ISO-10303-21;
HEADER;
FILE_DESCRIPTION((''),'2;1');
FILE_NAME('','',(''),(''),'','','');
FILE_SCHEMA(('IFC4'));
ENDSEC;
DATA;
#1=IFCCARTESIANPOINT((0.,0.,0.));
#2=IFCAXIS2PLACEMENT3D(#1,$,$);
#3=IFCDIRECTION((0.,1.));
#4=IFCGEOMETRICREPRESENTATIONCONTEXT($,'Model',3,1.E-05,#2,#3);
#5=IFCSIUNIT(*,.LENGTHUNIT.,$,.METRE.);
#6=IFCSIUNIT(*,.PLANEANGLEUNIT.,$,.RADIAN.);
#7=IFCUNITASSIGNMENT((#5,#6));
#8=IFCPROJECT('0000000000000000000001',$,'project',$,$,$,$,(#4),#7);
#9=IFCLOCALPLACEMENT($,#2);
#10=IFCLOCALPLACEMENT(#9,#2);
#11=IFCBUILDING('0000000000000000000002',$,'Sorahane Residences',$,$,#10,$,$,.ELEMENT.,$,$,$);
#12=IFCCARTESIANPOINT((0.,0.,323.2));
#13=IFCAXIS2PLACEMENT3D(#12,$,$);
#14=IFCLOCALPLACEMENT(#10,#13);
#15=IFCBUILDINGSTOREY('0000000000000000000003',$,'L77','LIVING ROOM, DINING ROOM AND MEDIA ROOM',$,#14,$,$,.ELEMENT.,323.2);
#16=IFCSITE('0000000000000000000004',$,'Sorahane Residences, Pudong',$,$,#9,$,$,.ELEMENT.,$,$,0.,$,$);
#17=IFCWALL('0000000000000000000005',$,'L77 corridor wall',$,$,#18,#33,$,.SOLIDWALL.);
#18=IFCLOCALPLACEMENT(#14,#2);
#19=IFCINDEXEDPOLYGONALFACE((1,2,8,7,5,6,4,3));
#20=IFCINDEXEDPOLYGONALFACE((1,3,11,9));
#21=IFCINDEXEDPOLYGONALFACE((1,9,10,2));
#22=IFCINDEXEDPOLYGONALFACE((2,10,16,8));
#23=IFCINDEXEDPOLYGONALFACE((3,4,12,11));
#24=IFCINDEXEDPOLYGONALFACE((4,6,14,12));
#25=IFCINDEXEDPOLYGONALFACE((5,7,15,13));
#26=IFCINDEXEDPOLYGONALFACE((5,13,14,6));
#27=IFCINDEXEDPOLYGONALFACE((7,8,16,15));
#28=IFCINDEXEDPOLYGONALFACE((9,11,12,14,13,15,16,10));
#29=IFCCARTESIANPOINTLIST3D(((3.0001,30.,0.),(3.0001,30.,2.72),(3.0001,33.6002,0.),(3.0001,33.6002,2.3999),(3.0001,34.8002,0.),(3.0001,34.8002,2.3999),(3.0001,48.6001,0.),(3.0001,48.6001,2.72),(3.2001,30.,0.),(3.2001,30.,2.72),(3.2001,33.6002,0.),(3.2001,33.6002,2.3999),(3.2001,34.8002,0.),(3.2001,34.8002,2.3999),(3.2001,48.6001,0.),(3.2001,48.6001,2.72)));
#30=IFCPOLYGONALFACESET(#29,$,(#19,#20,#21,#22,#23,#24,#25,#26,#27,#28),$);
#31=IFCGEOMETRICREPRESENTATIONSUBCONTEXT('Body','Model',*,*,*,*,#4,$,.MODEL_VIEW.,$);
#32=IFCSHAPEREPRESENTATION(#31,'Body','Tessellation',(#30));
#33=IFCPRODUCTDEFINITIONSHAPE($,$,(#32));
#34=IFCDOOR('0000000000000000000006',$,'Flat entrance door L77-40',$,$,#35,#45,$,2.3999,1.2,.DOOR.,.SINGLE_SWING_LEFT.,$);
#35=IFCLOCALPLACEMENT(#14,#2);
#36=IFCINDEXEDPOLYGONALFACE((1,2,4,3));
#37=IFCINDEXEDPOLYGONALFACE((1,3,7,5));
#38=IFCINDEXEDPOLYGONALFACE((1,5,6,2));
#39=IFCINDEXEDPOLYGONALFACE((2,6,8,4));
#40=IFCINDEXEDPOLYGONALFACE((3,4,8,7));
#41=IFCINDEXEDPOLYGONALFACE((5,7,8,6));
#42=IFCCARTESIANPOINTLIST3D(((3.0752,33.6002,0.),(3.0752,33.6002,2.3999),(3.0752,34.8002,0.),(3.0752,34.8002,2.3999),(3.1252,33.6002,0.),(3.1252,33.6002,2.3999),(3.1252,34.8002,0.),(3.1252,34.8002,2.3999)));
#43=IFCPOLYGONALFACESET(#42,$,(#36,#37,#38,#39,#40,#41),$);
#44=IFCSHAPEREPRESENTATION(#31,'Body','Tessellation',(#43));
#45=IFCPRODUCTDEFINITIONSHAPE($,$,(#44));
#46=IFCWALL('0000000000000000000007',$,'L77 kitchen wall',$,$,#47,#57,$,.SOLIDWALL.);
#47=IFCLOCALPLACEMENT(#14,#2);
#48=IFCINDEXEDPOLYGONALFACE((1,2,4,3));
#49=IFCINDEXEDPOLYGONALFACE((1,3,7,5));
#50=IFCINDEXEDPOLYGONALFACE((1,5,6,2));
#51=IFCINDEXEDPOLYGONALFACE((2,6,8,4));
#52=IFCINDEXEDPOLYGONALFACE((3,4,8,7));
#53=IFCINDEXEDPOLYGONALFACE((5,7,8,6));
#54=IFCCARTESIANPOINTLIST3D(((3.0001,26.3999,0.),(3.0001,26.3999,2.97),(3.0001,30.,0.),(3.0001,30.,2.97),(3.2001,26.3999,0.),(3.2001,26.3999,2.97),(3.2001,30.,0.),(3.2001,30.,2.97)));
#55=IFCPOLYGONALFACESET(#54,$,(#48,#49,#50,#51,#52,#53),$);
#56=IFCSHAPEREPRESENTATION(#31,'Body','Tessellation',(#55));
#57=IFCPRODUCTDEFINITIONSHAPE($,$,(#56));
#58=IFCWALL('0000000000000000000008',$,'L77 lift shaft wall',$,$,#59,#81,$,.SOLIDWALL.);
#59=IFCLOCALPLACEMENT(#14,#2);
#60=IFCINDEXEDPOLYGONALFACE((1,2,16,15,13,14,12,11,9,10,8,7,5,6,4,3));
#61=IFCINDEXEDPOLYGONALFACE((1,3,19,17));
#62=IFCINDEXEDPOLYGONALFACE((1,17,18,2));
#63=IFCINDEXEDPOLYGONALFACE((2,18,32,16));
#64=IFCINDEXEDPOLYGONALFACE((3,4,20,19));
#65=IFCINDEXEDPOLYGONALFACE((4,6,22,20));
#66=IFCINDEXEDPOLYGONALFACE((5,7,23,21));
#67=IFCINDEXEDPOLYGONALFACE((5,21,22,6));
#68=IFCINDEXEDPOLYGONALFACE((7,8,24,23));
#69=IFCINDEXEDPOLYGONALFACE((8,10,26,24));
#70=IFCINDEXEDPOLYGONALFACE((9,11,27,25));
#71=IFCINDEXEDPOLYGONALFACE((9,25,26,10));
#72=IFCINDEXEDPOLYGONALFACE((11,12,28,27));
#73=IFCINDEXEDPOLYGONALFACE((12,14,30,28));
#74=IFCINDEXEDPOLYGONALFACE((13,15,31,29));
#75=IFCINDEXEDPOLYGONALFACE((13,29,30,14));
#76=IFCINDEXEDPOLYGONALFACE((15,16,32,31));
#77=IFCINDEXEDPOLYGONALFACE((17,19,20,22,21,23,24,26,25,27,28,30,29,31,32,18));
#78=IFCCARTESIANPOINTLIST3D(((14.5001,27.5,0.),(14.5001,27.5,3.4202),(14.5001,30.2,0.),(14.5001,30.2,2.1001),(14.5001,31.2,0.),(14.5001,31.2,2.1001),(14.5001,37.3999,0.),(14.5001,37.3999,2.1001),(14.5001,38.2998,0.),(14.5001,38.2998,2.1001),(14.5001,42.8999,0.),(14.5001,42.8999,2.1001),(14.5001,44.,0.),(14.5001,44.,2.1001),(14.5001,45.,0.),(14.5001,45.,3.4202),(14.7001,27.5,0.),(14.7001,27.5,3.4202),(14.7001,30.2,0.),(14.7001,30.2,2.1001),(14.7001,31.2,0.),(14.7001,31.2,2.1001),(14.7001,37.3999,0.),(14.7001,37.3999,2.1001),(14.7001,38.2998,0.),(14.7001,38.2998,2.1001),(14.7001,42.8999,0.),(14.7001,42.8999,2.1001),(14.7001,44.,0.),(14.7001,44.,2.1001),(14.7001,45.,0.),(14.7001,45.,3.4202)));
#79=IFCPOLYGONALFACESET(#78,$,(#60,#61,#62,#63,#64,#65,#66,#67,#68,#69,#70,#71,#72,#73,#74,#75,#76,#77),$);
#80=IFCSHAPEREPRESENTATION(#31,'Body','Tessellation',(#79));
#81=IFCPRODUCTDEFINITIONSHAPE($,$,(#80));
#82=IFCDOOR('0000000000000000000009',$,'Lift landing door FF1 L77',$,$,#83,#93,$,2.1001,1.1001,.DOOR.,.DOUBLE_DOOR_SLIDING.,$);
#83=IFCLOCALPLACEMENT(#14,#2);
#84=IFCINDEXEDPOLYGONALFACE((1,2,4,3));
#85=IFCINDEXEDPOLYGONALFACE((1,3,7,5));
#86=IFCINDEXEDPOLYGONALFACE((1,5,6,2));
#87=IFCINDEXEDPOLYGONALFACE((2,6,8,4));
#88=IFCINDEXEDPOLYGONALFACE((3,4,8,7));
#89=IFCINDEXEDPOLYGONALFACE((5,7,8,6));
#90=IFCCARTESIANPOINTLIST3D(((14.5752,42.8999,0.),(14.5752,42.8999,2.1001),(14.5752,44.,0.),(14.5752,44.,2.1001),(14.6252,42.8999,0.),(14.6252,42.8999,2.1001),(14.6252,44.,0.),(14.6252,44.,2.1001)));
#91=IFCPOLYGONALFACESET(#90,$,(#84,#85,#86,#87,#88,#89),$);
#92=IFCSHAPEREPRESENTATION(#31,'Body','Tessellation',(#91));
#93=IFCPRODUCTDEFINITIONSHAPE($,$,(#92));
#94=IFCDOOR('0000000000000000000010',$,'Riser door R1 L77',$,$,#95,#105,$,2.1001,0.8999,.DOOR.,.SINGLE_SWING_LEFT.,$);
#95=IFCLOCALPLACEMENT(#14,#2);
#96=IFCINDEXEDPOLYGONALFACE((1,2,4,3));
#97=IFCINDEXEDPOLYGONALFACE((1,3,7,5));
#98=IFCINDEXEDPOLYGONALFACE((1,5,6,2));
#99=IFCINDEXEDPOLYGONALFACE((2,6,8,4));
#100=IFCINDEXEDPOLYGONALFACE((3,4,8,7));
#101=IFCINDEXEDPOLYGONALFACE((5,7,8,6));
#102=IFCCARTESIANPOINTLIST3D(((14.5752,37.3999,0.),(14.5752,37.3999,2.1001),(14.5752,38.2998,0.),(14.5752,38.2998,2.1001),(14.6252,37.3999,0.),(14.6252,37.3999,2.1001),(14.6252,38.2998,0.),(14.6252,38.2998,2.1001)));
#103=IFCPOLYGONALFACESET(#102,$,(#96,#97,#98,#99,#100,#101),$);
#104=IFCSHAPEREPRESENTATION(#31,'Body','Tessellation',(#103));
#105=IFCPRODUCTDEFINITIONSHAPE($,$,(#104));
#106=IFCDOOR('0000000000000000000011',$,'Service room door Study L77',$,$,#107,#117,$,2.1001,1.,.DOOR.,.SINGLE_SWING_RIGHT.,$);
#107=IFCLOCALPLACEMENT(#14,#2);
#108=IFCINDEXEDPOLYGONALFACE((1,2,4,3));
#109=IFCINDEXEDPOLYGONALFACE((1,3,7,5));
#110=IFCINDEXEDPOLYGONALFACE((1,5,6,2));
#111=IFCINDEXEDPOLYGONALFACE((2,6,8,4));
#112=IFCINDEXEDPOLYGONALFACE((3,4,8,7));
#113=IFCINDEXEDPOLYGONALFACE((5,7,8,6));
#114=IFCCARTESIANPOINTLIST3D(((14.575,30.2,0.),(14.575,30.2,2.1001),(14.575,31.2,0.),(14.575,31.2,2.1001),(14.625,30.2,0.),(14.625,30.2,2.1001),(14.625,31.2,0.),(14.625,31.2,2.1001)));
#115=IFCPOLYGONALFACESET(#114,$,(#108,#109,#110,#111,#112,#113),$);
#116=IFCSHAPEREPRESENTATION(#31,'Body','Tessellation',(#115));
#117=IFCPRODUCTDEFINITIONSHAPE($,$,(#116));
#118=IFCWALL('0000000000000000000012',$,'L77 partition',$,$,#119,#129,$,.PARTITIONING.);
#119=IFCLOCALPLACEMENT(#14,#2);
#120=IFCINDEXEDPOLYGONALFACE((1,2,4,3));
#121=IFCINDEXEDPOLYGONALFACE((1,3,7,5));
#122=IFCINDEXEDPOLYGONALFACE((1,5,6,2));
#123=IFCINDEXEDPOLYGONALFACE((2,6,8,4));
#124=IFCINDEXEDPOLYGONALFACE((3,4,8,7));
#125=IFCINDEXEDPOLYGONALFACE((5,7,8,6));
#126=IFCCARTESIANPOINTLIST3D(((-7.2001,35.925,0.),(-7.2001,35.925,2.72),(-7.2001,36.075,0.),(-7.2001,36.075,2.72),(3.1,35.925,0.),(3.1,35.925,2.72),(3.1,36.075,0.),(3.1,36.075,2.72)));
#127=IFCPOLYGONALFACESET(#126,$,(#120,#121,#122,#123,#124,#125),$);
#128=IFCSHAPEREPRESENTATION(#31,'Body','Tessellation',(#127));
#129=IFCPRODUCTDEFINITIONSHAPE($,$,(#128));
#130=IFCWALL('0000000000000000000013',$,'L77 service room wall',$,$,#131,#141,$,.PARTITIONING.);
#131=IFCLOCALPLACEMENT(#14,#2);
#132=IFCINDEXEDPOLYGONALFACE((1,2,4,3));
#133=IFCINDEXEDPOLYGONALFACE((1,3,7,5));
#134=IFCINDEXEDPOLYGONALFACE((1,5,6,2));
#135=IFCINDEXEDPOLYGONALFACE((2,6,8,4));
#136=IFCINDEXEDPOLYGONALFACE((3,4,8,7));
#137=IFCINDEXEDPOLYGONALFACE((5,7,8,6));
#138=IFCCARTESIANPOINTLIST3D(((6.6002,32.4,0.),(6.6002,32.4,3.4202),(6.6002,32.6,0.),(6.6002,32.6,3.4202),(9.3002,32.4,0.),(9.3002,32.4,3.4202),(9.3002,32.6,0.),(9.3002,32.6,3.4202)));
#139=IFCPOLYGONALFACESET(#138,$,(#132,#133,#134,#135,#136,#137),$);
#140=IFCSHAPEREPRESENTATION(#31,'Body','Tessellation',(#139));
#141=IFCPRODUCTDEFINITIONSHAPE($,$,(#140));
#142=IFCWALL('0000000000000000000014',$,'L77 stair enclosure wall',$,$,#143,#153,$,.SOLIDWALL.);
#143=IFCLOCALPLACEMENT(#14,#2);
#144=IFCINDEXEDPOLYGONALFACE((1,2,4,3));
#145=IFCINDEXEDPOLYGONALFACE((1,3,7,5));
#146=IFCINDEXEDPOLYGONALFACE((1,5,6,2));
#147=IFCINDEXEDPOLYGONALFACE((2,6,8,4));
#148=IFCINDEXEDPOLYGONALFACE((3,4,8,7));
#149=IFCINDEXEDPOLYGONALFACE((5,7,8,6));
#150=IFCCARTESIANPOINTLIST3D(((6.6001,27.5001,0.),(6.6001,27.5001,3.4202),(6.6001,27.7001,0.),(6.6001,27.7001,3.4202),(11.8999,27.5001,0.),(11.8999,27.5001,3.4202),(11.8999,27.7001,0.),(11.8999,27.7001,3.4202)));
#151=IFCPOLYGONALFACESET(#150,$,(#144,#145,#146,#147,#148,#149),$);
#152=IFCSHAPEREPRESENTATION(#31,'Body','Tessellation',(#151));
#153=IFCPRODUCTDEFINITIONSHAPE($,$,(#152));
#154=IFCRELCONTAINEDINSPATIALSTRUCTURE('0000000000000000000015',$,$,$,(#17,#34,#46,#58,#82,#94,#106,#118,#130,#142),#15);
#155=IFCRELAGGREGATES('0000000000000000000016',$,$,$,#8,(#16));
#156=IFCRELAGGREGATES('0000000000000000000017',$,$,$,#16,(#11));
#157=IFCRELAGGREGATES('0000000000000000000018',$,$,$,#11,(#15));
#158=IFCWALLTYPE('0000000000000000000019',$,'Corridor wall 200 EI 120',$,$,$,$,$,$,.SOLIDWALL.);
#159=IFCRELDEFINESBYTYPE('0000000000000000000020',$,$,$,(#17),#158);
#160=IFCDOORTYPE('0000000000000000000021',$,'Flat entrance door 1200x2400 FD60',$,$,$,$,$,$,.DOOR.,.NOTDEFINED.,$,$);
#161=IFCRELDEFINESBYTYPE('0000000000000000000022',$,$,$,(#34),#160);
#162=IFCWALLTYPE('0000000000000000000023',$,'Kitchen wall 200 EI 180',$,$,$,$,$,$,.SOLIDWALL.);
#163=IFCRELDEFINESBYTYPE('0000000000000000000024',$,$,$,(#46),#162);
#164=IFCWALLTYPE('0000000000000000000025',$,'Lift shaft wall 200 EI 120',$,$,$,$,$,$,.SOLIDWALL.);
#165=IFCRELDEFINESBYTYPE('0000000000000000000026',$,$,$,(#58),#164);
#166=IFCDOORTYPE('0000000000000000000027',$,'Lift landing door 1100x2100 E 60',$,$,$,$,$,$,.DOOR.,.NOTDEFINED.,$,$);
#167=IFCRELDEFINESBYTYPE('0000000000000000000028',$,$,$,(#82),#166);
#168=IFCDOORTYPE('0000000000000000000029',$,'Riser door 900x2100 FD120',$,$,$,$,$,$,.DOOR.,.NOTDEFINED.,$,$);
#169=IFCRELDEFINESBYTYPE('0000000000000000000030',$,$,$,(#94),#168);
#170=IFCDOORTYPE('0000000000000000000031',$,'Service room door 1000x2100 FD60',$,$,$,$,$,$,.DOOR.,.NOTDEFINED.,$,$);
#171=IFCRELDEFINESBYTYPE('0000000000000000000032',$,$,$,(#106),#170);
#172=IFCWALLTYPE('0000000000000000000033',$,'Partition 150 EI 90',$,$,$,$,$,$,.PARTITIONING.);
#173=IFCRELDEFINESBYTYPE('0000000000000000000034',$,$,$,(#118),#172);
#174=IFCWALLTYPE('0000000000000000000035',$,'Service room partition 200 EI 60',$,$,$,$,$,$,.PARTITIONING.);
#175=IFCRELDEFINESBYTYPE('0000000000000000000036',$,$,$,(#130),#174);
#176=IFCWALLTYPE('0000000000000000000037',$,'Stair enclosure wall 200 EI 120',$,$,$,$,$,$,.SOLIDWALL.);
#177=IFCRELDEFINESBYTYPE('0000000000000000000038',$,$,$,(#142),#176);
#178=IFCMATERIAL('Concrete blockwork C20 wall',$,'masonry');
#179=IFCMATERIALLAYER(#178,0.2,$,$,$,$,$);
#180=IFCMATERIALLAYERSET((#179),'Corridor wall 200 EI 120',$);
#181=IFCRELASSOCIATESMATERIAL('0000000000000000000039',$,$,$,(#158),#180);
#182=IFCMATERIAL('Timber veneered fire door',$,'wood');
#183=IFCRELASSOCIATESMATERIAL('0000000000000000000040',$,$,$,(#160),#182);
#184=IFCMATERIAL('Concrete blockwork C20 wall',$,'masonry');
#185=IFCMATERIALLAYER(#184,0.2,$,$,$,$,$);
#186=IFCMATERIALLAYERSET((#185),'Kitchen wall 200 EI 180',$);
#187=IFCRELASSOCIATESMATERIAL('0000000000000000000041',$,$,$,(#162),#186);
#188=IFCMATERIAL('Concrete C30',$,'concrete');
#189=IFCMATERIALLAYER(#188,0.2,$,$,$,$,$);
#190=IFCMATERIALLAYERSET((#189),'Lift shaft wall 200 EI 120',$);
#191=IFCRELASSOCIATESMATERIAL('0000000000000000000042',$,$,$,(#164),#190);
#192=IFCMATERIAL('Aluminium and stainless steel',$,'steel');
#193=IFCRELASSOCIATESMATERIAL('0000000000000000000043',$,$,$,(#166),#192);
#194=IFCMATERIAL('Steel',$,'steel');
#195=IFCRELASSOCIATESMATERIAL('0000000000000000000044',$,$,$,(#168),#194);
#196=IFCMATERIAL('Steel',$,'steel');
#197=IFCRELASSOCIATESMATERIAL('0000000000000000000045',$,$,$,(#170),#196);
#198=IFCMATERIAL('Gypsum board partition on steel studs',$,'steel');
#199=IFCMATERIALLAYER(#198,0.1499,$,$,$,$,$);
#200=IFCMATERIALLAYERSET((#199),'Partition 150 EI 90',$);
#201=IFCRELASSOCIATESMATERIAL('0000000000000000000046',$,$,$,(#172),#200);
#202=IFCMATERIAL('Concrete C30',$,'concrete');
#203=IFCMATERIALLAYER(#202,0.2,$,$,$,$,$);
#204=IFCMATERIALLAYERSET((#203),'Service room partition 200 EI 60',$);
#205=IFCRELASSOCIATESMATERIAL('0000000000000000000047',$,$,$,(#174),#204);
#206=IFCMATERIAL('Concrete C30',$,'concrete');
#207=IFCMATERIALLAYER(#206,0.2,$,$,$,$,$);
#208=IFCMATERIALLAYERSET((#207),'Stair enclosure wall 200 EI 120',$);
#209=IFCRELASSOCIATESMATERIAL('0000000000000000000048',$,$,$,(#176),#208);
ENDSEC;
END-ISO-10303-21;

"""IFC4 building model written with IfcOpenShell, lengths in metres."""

from ifc_helpers import new_model, si_unit, direction, frame, frame_2d, origin, place, context, subcontext, project, spatial, rectangle, extrude, material, layer, layer_set, type_object, element, fill, save


model = new_model("IFC4")

# Units and contexts
model_context = context("Model", 3, precision=1e-05, world=origin(), true_north=direction((0.0, 1.0)))
body_context = subcontext(model_context, "Body", "Model", "MODEL_VIEW")
ifc_project = project(units=[si_unit("LENGTHUNIT", "METRE"), si_unit("PLANEANGLEUNIT", "RADIAN")], contexts=[model_context])

# Site, building, storey
site_placement = place(None, origin())
site = spatial("IfcSite", under=ifc_project, at=site_placement, Name="Sorahane Residences, Pudong", CompositionType="ELEMENT", RefElevation=0.0)
building_placement = place(site_placement, origin())
building = spatial("IfcBuilding", under=site, at=building_placement, Name="Sorahane Residences", CompositionType="ELEMENT")
storey_placement = place(building_placement, frame((0.0, 0.0, 323.2)))
storey = spatial("IfcBuildingStorey", under=building, at=storey_placement, Name="L77", Description="LIVING ROOM, DINING ROOM AND MEDIA ROOM", CompositionType="ELEMENT", Elevation=323.2)

# Wall, opening, door
ifc_material_1 = material(Name="Concrete blockwork C20 wall", Category="masonry")
ifc_layer_1 = layer(ifc_material_1, 0.2)
ifc_layer_set_1 = layer_set([ifc_layer_1], Name="Corridor wall 200 EI 120")
wall_type_1 = type_object("IfcWallType", Name="Corridor wall 200 EI 120", PredefinedType="SOLIDWALL", material=ifc_layer_set_1)
wall_1_placement = place(storey_placement, frame((3.1001, 30.0, 0.0), z_axis=(0.0, 0.0, 1.0), x_axis=(0.0, 1.0, 0.0)))
wall_1 = element("IfcWall", 1, at=wall_1_placement, inside=storey, type_object=wall_type_1, Name="L77 corridor wall", PredefinedType="SOLIDWALL", context=body_context, shape_type="SweptSolid", body=[
    extrude(rectangle(XDim=18.6001, YDim=0.2, at=frame_2d((9.3, 0.0))), origin(), (0.0, 0.0, 1.0), 2.72),
])
opening_1_placement = place(wall_1_placement, frame((3.6001, 0.0, 0.0)))
opening_1 = element("IfcOpeningElement", 2, at=opening_1_placement, cuts=wall_1, PredefinedType="OPENING", context=body_context, shape_type="SweptSolid", body=[
    extrude(rectangle(XDim=1.2, YDim=2.3999, at=frame_2d((0.6001, 1.2))), frame((0.0, 0.1099, 0.0), z_axis=(0.0, -1.0, 0.0), x_axis=(1.0, 0.0, 0.0)), (0.0, 0.0, 1.0), 0.22),
])
ifc_material_2 = material(Name="Timber veneered fire door", Category="wood")
door_type_1 = type_object("IfcDoorType", Name="Flat entrance door 1200x2400 FD60", OperationType="NOTDEFINED", PredefinedType="DOOR", material=ifc_material_2)
door_1_placement = place(opening_1_placement, origin())
door_1 = element("IfcDoor", 3, at=door_1_placement, inside=storey, type_object=door_type_1, Name="Flat entrance door L77-40", OperationType="SINGLE_SWING_LEFT", OverallHeight=2.3999, OverallWidth=1.2, PredefinedType="DOOR", context=body_context, shape_type="SweptSolid", body=[
    extrude(rectangle(XDim=1.2, YDim=2.3999, at=frame_2d((0.6001, 1.2))), frame((0.0, 0.0249, 0.0), z_axis=(0.0, -1.0, 0.0), x_axis=(1.0, 0.0, 0.0)), (0.0, 0.0, 1.0), 0.05),
])
fill(opening_1, door_1)

# Wall
ifc_material_3 = material(Name="Concrete blockwork C20 wall", Category="masonry")
ifc_layer_2 = layer(ifc_material_3, 0.2)
ifc_layer_set_2 = layer_set([ifc_layer_2], Name="Kitchen wall 200 EI 180")
wall_type_2 = type_object("IfcWallType", Name="Kitchen wall 200 EI 180", PredefinedType="SOLIDWALL", material=ifc_layer_set_2)
wall_2_placement = place(storey_placement, frame((3.1001, 26.3999, 0.0), z_axis=(0.0, 0.0, 1.0), x_axis=(0.0, 1.0, 0.0)))
element("IfcWall", 4, at=wall_2_placement, inside=storey, type_object=wall_type_2, Name="L77 kitchen wall", PredefinedType="SOLIDWALL", context=body_context, shape_type="SweptSolid", body=[
    extrude(rectangle(XDim=3.6001, YDim=0.2, at=frame_2d((1.8, 0.0))), origin(), (0.0, 0.0, 1.0), 2.97),
])

# Wall, openings, doors
ifc_material_4 = material(Name="Concrete C30", Category="concrete")
ifc_layer_3 = layer(ifc_material_4, 0.2)
ifc_layer_set_3 = layer_set([ifc_layer_3], Name="Lift shaft wall 200 EI 120")
wall_type_3 = type_object("IfcWallType", Name="Lift shaft wall 200 EI 120", PredefinedType="SOLIDWALL", material=ifc_layer_set_3)
wall_3_placement = place(storey_placement, frame((14.6001, 27.5, 0.0), z_axis=(0.0, 0.0, 1.0), x_axis=(0.0, 1.0, 0.0)))
wall_3 = element("IfcWall", 5, at=wall_3_placement, inside=storey, type_object=wall_type_3, Name="L77 lift shaft wall", PredefinedType="SOLIDWALL", context=body_context, shape_type="SweptSolid", body=[
    extrude(rectangle(XDim=17.5, YDim=0.2, at=frame_2d((8.75, 0.0))), origin(), (0.0, 0.0, 1.0), 3.4202),
])
opening_2_placement = place(wall_3_placement, frame((15.3999, 0.0, 0.0)))
opening_2 = element("IfcOpeningElement", 6, at=opening_2_placement, cuts=wall_3, PredefinedType="OPENING", context=body_context, shape_type="SweptSolid", body=[
    extrude(rectangle(XDim=1.1001, YDim=2.1001, at=frame_2d((0.55, 1.05))), frame((0.0, 0.1099, 0.0), z_axis=(0.0, -1.0, 0.0), x_axis=(1.0, 0.0, 0.0)), (0.0, 0.0, 1.0), 0.22),
])
opening_3_placement = place(wall_3_placement, frame((2.7, 0.0, 0.0)))
opening_3 = element("IfcOpeningElement", 7, at=opening_3_placement, cuts=wall_3, PredefinedType="OPENING", context=body_context, shape_type="SweptSolid", body=[
    extrude(rectangle(XDim=1.0, YDim=2.1001, at=frame_2d((0.5, 1.05))), frame((0.0, 0.1099, 0.0), z_axis=(0.0, -1.0, 0.0), x_axis=(1.0, 0.0, 0.0)), (0.0, 0.0, 1.0), 0.22),
])
opening_4_placement = place(wall_3_placement, frame((9.8999, 0.0, 0.0)))
opening_4 = element("IfcOpeningElement", 8, at=opening_4_placement, cuts=wall_3, PredefinedType="OPENING", context=body_context, shape_type="SweptSolid", body=[
    extrude(rectangle(XDim=0.8999, YDim=2.1001, at=frame_2d((0.45, 1.05))), frame((0.0, 0.1099, 0.0), z_axis=(0.0, -1.0, 0.0), x_axis=(1.0, 0.0, 0.0)), (0.0, 0.0, 1.0), 0.22),
])
ifc_material_5 = material(Name="Aluminium and stainless steel", Category="steel")
door_type_2 = type_object("IfcDoorType", Name="Lift landing door 1100x2100 E 60", OperationType="NOTDEFINED", PredefinedType="DOOR", material=ifc_material_5)
door_2_placement = place(opening_2_placement, origin())
door_2 = element("IfcDoor", 9, at=door_2_placement, inside=storey, type_object=door_type_2, Name="Lift landing door FF1 L77", OperationType="DOUBLE_DOOR_SLIDING", OverallHeight=2.1001, OverallWidth=1.1001, PredefinedType="DOOR", context=body_context, shape_type="SweptSolid", body=[
    extrude(rectangle(XDim=1.1001, YDim=2.1001, at=frame_2d((0.55, 1.05))), frame((0.0, 0.0249, 0.0), z_axis=(0.0, -1.0, 0.0), x_axis=(1.0, 0.0, 0.0)), (0.0, 0.0, 1.0), 0.05),
])
fill(opening_2, door_2)
ifc_material_6 = material(Name="Steel", Category="steel")
door_type_3 = type_object("IfcDoorType", Name="Riser door 900x2100 FD120", OperationType="NOTDEFINED", PredefinedType="DOOR", material=ifc_material_6)
door_3_placement = place(opening_4_placement, origin())
door_3 = element("IfcDoor", 10, at=door_3_placement, inside=storey, type_object=door_type_3, Name="Riser door R1 L77", OperationType="SINGLE_SWING_LEFT", OverallHeight=2.1001, OverallWidth=0.8999, PredefinedType="DOOR", context=body_context, shape_type="SweptSolid", body=[
    extrude(rectangle(XDim=0.8999, YDim=2.1001, at=frame_2d((0.45, 1.05))), frame((0.0, 0.0249, 0.0), z_axis=(0.0, -1.0, 0.0), x_axis=(1.0, 0.0, 0.0)), (0.0, 0.0, 1.0), 0.05),
])
fill(opening_4, door_3)
ifc_material_7 = material(Name="Steel", Category="steel")
door_type_4 = type_object("IfcDoorType", Name="Service room door 1000x2100 FD60", OperationType="NOTDEFINED", PredefinedType="DOOR", material=ifc_material_7)
door_4_placement = place(opening_3_placement, frame((1.0, 0.0, 0.0), z_axis=(0.0, 0.0, 1.0), x_axis=(-1.0, 0.0, 0.0)))
door_4 = element("IfcDoor", 11, at=door_4_placement, inside=storey, type_object=door_type_4, Name="Service room door Study L77", OperationType="SINGLE_SWING_RIGHT", OverallHeight=2.1001, OverallWidth=1.0, PredefinedType="DOOR", context=body_context, shape_type="SweptSolid", body=[
    extrude(rectangle(XDim=1.0, YDim=2.1001, at=frame_2d((0.5, 1.05))), frame((0.0, 0.0249, 0.0), z_axis=(0.0, -1.0, 0.0), x_axis=(1.0, 0.0, 0.0)), (0.0, 0.0, 1.0), 0.05),
])
fill(opening_3, door_4)

# Walls
ifc_material_8 = material(Name="Gypsum board partition on steel studs", Category="steel")
ifc_layer_4 = layer(ifc_material_8, 0.1499)
ifc_layer_set_4 = layer_set([ifc_layer_4], Name="Partition 150 EI 90")
wall_type_4 = type_object("IfcWallType", Name="Partition 150 EI 90", PredefinedType="PARTITIONING", material=ifc_layer_set_4)
wall_4_placement = place(storey_placement, frame((-7.2, 36.0, 0.0), z_axis=(0.0, 0.0, 1.0), x_axis=(1.0, 0.0, 0.0)))
element("IfcWall", 12, at=wall_4_placement, inside=storey, type_object=wall_type_4, Name="L77 partition", PredefinedType="PARTITIONING", context=body_context, shape_type="SweptSolid", body=[
    extrude(rectangle(XDim=10.3, YDim=0.1499, at=frame_2d((5.1499, 0.0))), origin(), (0.0, 0.0, 1.0), 2.72),
])
ifc_material_9 = material(Name="Concrete C30", Category="concrete")
ifc_layer_5 = layer(ifc_material_9, 0.2)
ifc_layer_set_5 = layer_set([ifc_layer_5], Name="Service room partition 200 EI 60")
wall_type_5 = type_object("IfcWallType", Name="Service room partition 200 EI 60", PredefinedType="PARTITIONING", material=ifc_layer_set_5)
wall_5_placement = place(storey_placement, frame((6.6001, 32.5, 0.0), z_axis=(0.0, 0.0, 1.0), x_axis=(1.0, 0.0, 0.0)))
element("IfcWall", 13, at=wall_5_placement, inside=storey, type_object=wall_type_5, Name="L77 service room wall", PredefinedType="PARTITIONING", context=body_context, shape_type="SweptSolid", body=[
    extrude(rectangle(XDim=2.7, YDim=0.2, at=frame_2d((1.3501, 0.0))), origin(), (0.0, 0.0, 1.0), 3.4202),
])
ifc_material_10 = material(Name="Concrete C30", Category="concrete")
ifc_layer_6 = layer(ifc_material_10, 0.2)
ifc_layer_set_6 = layer_set([ifc_layer_6], Name="Stair enclosure wall 200 EI 120")
wall_type_6 = type_object("IfcWallType", Name="Stair enclosure wall 200 EI 120", PredefinedType="SOLIDWALL", material=ifc_layer_set_6)
wall_6_placement = place(storey_placement, frame((6.6001, 27.6001, 0.0), z_axis=(0.0, 0.0, 1.0), x_axis=(1.0, 0.0, 0.0)))
element("IfcWall", 14, at=wall_6_placement, inside=storey, type_object=wall_type_6, Name="L77 stair enclosure wall", PredefinedType="SOLIDWALL", context=body_context, shape_type="SweptSolid", body=[
    extrude(rectangle(XDim=5.2998, YDim=0.2, at=frame_2d((2.6499, 0.0))), origin(), (0.0, 0.0, 1.0), 3.4202),
])

save(model, "model.ifc")
